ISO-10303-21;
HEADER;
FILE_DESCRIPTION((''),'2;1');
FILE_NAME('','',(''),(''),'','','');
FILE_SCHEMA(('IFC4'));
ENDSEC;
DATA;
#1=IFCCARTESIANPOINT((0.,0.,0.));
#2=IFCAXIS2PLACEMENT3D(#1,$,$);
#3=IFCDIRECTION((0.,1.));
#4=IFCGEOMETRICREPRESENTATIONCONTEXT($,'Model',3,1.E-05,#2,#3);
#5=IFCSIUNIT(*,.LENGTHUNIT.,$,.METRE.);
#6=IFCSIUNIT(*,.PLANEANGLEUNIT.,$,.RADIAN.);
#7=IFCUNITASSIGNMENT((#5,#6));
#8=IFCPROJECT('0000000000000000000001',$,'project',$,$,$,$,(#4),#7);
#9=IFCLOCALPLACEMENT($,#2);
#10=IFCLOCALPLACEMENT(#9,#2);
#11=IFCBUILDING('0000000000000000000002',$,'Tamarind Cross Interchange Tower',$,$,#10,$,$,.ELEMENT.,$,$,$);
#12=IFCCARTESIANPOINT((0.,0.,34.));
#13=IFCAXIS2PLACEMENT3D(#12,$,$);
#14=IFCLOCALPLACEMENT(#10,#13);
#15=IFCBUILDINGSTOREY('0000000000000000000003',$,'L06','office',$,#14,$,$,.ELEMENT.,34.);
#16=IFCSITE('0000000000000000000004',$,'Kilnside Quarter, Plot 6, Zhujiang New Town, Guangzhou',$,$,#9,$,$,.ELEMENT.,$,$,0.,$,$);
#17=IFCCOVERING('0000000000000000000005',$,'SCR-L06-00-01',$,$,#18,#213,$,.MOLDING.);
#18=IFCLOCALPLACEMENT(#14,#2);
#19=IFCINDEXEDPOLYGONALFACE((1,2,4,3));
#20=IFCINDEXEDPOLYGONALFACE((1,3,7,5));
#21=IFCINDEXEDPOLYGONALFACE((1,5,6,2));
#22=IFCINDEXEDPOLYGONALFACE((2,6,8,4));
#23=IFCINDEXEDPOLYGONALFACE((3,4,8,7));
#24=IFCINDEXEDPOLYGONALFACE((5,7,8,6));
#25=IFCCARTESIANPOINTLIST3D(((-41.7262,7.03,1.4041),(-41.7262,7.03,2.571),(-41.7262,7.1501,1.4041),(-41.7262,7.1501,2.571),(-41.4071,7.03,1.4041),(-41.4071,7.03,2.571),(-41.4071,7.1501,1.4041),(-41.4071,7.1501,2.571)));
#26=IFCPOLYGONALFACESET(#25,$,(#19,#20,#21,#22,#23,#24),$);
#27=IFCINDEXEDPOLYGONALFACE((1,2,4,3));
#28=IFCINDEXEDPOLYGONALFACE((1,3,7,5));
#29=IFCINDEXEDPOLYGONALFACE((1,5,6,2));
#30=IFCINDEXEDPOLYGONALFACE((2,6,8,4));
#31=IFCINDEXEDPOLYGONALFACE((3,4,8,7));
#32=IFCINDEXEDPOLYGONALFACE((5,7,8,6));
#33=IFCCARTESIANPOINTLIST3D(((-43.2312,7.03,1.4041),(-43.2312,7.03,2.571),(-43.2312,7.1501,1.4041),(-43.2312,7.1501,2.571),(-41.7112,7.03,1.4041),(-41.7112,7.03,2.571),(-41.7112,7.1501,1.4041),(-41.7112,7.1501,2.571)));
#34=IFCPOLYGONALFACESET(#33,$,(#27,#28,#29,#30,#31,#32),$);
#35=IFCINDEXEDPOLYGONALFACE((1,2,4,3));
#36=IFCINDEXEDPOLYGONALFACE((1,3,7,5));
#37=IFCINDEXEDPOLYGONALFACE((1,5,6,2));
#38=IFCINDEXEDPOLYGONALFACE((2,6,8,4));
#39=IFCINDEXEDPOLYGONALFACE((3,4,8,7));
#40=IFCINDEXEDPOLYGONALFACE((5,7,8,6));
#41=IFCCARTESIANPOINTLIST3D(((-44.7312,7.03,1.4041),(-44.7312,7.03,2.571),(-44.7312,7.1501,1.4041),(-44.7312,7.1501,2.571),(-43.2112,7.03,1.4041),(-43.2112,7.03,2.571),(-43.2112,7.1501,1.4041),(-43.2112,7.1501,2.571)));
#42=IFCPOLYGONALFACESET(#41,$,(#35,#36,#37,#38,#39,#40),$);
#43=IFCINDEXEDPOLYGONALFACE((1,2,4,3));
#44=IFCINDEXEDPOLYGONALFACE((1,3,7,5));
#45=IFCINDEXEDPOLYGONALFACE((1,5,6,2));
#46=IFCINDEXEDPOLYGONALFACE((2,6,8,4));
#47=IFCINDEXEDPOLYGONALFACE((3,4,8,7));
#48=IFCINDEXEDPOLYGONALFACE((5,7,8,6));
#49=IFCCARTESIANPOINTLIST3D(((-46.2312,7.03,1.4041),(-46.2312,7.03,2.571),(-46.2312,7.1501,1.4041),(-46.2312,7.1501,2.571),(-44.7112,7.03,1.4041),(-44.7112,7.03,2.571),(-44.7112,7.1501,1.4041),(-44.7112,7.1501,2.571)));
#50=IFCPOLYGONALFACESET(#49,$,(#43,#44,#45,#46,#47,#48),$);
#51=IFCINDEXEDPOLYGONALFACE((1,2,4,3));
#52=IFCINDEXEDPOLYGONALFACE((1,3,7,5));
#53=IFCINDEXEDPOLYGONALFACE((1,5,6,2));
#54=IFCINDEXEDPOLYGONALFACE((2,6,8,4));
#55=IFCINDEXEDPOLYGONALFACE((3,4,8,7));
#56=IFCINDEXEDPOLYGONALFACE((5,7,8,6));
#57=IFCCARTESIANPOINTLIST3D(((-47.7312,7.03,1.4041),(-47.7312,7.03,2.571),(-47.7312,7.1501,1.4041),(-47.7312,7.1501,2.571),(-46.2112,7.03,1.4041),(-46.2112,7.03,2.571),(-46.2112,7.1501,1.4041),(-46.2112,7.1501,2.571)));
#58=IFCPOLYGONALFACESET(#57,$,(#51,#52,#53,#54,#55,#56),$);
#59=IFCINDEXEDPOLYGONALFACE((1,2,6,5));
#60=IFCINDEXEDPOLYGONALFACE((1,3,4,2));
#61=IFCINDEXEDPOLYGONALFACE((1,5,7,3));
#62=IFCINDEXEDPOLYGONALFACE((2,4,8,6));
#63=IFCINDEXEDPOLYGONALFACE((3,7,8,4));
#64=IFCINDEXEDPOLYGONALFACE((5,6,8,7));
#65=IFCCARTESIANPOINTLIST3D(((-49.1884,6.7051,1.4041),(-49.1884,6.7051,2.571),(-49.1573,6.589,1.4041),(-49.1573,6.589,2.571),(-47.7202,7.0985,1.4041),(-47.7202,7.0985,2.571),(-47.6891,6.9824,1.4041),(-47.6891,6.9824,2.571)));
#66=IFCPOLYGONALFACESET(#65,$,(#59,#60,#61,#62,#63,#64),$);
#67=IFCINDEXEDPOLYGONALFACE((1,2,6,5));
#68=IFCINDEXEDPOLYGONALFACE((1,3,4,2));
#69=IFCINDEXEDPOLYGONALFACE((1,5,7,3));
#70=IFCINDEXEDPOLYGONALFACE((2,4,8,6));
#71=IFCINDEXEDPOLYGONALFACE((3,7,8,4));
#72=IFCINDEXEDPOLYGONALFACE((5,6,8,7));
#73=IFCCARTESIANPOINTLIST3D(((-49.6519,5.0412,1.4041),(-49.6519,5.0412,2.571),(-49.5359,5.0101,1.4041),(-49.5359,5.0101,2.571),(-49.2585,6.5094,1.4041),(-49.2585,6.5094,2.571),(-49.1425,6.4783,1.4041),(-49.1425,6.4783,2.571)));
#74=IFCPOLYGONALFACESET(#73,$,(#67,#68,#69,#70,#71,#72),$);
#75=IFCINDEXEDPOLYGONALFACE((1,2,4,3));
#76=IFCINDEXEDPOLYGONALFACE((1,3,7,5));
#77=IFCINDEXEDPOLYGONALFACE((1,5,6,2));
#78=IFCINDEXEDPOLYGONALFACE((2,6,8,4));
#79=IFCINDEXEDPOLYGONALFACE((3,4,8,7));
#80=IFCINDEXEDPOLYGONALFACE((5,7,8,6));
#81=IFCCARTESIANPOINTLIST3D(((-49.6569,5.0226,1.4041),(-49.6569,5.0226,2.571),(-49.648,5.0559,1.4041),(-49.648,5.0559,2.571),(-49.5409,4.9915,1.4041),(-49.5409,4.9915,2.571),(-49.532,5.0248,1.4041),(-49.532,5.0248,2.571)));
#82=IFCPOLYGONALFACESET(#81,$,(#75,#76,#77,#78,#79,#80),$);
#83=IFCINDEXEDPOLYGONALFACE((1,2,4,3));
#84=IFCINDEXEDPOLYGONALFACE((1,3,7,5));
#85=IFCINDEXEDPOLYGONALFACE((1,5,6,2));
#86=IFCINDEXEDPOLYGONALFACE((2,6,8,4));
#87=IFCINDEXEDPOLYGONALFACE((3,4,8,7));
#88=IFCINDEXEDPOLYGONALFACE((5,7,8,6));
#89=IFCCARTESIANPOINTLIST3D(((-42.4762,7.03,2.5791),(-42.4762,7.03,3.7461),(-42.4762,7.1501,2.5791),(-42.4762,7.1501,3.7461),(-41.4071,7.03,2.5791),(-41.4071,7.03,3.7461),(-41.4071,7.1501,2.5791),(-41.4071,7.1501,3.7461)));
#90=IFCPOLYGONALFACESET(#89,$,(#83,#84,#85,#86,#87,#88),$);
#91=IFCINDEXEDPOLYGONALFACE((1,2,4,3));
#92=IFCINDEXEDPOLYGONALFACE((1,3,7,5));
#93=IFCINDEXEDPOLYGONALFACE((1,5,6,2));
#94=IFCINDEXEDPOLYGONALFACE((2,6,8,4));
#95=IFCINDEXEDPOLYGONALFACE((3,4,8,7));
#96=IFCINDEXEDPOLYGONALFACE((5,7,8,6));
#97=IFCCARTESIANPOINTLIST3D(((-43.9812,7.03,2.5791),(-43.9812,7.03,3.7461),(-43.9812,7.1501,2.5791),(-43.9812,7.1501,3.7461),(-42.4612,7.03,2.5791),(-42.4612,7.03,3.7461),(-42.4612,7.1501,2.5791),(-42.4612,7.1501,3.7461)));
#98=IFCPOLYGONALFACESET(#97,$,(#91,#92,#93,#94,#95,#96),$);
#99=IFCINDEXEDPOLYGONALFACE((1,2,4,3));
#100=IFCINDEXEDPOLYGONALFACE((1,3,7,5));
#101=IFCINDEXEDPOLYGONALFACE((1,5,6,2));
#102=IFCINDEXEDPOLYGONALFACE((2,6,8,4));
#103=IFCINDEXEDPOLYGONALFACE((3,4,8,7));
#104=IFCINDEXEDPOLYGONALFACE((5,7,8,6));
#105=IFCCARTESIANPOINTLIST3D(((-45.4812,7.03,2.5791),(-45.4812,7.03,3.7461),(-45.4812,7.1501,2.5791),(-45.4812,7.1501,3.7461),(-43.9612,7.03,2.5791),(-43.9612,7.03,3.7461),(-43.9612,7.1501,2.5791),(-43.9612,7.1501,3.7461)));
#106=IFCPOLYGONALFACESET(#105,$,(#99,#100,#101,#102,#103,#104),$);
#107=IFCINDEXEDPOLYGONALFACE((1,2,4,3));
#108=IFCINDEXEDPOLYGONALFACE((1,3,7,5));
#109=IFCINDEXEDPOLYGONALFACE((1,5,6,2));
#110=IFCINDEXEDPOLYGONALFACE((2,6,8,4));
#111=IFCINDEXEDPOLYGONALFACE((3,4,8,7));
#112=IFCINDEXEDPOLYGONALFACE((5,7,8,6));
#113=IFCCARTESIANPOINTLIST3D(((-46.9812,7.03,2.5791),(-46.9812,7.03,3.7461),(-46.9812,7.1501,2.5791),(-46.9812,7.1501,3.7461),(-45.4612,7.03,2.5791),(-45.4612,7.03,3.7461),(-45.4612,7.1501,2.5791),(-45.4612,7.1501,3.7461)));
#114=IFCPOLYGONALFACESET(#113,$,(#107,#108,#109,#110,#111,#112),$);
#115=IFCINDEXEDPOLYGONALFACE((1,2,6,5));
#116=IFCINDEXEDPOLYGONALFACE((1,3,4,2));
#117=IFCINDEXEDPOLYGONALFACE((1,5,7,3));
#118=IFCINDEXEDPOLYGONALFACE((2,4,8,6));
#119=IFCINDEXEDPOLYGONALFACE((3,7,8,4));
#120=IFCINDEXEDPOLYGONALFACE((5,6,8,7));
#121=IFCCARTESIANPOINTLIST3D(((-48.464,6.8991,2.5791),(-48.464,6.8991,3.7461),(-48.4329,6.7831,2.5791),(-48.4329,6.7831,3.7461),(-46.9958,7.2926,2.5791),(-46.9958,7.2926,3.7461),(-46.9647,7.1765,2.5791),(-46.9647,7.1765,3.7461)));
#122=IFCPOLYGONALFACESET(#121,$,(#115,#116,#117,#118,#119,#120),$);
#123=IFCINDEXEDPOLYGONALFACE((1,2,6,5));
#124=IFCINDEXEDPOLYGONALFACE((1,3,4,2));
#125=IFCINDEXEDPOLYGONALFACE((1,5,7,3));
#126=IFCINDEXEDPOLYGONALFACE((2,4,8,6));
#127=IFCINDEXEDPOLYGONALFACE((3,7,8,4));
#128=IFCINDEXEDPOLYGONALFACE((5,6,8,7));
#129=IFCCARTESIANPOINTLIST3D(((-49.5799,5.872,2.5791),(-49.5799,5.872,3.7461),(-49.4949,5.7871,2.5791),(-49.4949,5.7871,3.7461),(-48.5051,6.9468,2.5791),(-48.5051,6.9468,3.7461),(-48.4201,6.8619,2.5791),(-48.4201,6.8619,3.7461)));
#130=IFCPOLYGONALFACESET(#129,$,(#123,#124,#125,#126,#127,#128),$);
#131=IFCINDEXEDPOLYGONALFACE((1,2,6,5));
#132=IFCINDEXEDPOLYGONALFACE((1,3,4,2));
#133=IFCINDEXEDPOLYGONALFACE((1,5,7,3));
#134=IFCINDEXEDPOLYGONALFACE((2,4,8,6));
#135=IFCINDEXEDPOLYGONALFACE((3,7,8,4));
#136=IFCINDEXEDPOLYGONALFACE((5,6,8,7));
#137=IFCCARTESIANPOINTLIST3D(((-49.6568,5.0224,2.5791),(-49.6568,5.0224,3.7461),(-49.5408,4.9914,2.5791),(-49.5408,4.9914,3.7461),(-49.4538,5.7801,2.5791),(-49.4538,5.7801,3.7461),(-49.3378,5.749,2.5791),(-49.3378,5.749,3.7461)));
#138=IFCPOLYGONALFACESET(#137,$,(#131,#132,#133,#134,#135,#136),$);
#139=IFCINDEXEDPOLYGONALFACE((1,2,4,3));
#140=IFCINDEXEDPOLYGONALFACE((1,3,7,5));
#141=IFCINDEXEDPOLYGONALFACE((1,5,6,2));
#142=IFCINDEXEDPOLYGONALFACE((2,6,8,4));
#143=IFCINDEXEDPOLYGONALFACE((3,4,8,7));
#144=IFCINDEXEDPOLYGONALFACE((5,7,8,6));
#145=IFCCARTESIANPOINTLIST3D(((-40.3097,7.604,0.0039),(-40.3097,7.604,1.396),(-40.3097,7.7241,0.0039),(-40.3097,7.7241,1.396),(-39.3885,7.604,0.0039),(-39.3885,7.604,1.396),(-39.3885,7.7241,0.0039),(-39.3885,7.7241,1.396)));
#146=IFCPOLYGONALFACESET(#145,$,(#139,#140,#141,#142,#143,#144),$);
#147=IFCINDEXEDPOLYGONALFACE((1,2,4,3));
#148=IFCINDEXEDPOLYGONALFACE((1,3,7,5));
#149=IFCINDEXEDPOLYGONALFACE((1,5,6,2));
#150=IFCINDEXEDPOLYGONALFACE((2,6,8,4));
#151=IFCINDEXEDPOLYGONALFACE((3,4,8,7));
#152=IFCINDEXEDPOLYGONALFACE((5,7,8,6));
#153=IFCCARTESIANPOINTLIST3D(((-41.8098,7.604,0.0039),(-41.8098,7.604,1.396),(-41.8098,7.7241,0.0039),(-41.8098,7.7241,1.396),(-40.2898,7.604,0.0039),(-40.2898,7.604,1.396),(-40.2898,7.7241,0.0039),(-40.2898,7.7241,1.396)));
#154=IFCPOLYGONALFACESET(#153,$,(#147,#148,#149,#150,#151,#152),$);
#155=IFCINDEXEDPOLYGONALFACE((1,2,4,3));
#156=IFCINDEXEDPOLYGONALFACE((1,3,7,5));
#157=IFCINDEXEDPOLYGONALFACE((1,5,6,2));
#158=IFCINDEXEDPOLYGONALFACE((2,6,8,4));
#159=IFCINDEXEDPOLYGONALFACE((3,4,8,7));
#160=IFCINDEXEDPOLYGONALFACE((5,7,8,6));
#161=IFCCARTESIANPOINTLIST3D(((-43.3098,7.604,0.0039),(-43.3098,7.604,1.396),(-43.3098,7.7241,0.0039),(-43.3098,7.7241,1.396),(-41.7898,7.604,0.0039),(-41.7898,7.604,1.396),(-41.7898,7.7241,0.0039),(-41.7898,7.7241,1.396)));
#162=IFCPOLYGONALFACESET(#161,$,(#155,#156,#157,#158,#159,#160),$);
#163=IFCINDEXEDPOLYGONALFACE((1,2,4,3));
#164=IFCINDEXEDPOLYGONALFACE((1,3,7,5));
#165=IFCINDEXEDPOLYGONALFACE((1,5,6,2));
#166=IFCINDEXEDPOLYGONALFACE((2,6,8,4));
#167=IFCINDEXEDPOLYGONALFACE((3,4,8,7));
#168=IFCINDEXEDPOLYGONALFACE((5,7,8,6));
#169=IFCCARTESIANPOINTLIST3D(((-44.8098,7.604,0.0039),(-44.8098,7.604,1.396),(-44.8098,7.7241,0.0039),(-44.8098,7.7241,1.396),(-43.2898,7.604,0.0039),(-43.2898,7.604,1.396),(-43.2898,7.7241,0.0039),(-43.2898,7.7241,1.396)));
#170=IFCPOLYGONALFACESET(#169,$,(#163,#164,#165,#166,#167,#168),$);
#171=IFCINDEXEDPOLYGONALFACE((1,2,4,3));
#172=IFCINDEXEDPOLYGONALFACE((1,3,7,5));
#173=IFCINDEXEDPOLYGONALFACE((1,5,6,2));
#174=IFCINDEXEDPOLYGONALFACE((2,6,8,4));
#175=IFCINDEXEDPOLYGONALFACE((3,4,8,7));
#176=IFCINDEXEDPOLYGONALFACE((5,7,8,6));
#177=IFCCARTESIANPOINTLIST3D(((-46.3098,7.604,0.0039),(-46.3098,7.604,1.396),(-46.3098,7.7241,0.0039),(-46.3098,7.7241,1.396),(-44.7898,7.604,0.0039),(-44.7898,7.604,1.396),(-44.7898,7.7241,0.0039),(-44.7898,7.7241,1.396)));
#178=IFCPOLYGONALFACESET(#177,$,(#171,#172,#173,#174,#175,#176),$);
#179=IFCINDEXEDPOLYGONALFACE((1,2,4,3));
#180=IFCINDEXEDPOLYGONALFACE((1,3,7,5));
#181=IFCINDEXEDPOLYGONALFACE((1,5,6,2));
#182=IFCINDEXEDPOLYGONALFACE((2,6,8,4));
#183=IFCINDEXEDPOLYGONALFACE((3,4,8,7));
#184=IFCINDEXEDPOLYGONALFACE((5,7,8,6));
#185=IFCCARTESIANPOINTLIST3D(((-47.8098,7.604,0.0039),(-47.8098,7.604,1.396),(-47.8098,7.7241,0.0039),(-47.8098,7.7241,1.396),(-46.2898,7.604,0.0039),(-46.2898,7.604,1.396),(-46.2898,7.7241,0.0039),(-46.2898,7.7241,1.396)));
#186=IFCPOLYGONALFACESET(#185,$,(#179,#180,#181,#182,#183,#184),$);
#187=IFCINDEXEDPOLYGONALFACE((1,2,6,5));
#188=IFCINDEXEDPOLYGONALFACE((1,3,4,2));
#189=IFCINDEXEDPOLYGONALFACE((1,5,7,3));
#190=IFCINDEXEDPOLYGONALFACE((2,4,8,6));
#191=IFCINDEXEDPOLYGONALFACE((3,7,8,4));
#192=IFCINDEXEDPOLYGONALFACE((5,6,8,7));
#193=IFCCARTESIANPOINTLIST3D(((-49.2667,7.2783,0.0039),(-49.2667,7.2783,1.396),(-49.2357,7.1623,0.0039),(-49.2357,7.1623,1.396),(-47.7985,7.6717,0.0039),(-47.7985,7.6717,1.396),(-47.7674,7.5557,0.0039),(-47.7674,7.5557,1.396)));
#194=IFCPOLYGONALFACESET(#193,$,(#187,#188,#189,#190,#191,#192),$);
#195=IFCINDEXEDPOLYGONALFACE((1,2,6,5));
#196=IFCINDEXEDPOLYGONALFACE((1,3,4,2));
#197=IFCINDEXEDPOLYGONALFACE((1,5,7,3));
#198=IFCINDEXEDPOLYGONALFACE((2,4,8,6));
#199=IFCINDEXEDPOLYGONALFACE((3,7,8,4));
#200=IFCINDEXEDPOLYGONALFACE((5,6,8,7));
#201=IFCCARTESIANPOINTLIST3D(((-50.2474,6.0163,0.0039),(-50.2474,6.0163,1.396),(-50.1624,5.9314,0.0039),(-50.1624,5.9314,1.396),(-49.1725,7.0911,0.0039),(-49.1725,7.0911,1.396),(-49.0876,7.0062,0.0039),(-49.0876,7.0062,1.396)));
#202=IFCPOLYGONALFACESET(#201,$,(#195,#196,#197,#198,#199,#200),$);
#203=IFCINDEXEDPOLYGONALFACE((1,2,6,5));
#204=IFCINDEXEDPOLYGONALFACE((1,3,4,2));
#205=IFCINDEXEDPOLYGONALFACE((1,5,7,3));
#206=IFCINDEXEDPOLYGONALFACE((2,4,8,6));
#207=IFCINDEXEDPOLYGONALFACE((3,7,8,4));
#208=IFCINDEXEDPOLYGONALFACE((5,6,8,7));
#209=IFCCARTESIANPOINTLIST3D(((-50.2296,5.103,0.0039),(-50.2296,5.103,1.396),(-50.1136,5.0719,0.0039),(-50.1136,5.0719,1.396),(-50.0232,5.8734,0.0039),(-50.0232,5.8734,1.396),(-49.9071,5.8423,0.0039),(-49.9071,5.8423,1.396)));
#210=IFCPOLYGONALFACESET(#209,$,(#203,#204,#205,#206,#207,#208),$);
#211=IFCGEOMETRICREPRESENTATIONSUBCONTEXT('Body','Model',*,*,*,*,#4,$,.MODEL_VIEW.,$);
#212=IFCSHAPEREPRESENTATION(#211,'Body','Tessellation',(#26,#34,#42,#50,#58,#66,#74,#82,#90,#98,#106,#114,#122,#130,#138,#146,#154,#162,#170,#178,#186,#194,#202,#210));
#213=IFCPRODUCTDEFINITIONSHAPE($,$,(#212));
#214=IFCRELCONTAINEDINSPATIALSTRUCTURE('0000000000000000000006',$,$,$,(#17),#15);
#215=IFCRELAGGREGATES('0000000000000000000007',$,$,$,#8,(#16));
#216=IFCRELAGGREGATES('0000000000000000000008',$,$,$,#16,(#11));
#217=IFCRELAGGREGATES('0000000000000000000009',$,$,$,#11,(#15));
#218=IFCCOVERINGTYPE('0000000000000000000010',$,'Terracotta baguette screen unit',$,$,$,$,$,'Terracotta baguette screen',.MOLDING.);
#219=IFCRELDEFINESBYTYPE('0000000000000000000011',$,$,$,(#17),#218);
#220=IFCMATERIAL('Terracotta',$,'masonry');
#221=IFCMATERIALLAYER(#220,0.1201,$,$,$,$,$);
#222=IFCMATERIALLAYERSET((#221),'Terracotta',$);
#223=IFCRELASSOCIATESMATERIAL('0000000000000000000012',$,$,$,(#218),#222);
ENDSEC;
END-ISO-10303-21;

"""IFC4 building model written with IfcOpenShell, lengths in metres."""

from ifc_helpers import new_model, si_unit, direction, frame, origin, origin_2d, place, context, subcontext, project, spatial, rectangle, extrude, material, layer, layer_set, type_object, element, save


model = new_model("IFC4")

# Units and contexts
model_context = context("Model", 3, precision=1e-05, world=origin(), true_north=direction((0.0, 1.0)))
body_context = subcontext(model_context, "Body", "Model", "MODEL_VIEW")
ifc_project = project(units=[si_unit("LENGTHUNIT", "METRE"), si_unit("PLANEANGLEUNIT", "RADIAN")], contexts=[model_context])

# Site, building, storey
site_placement = place(None, origin())
site = spatial("IfcSite", under=ifc_project, at=site_placement, Name="Kilnside Quarter, Plot 6, Zhujiang New Town, Guangzhou", CompositionType="ELEMENT", RefElevation=0.0)
building_placement = place(site_placement, origin())
building = spatial("IfcBuilding", under=site, at=building_placement, Name="Tamarind Cross Interchange Tower", CompositionType="ELEMENT")
storey_placement = place(building_placement, frame((0.0, 0.0, 34.0)))
storey = spatial("IfcBuildingStorey", under=building, at=storey_placement, Name="L06", Description="office", CompositionType="ELEMENT", Elevation=34.0)

# Covering
ifc_material_1 = material(Name="Terracotta", Category="masonry")
ifc_layer_1 = layer(ifc_material_1, 0.1201)
ifc_layer_set_1 = layer_set([ifc_layer_1], Name="Terracotta")
covering_type = type_object("IfcCoveringType", Name="Terracotta baguette screen unit", ElementType="Terracotta baguette screen", PredefinedType="MOLDING", material=ifc_layer_set_1)
covering_1_placement = place(storey_placement, origin())
element("IfcCovering", 1, at=covering_1_placement, inside=storey, type_object=covering_type, Name="SCR-L06-00-01", PredefinedType="MOLDING", context=body_context, shape_type="SweptSolid", body=[
    extrude(rectangle(XDim=0.3191, YDim=0.1201, at=origin_2d()), frame((-41.5667, 7.0901, 1.4041), z_axis=(0.0, 0.0, 1.0), x_axis=(-1.0, 0.0, 0.0)), (0.0, 0.0, 1.0), 1.167),
    extrude(rectangle(XDim=1.52, YDim=0.1201, at=origin_2d()), frame((-42.4712, 7.0901, 1.4041), z_axis=(0.0, 0.0, 1.0), x_axis=(-1.0, 0.0, 0.0)), (0.0, 0.0, 1.0), 1.167),
    extrude(rectangle(XDim=1.52, YDim=0.1201, at=origin_2d()), frame((-43.9712, 7.0901, 1.4041), z_axis=(0.0, 0.0, 1.0), x_axis=(-1.0, 0.0, 0.0)), (0.0, 0.0, 1.0), 1.167),
    extrude(rectangle(XDim=1.52, YDim=0.1201, at=origin_2d()), frame((-45.4712, 7.0901, 1.4041), z_axis=(0.0, 0.0, 1.0), x_axis=(-1.0, 0.0, 0.0)), (0.0, 0.0, 1.0), 1.167),
    extrude(rectangle(XDim=1.52, YDim=0.1201, at=origin_2d()), frame((-46.9712, 7.0901, 1.4041), z_axis=(0.0, 0.0, 1.0), x_axis=(-1.0, 0.0, 0.0)), (0.0, 0.0, 1.0), 1.167),
    extrude(rectangle(XDim=1.52, YDim=0.1201, at=origin_2d()), frame((-48.4387, 6.8438, 1.4041), z_axis=(0.0, 0.0, 1.0), x_axis=(-0.965926, -0.258819, 0.0)), (0.0, 0.0, 1.0), 1.167),
    extrude(rectangle(XDim=1.52, YDim=0.1201, at=origin_2d()), frame((-49.3972, 5.7598, 1.4041), z_axis=(0.0, 0.0, 1.0), x_axis=(-0.258819, -0.965926, 0.0)), (0.0, 0.0, 1.0), 1.167),
    extrude(rectangle(XDim=0.0344, YDim=0.1201, at=origin_2d()), frame((-49.5945, 5.0237, 1.4041), z_axis=(0.0, 0.0, 1.0), x_axis=(-0.258819, -0.965926, 0.0)), (0.0, 0.0, 1.0), 1.167),
    extrude(rectangle(XDim=1.0691, YDim=0.1201, at=origin_2d()), frame((-41.9417, 7.0901, 2.5791), z_axis=(0.0, 0.0, 1.0), x_axis=(-1.0, 0.0, 0.0)), (0.0, 0.0, 1.0), 1.167),
    extrude(rectangle(XDim=1.52, YDim=0.1201, at=origin_2d()), frame((-43.2212, 7.0901, 2.5791), z_axis=(0.0, 0.0, 1.0), x_axis=(-1.0, 0.0, 0.0)), (0.0, 0.0, 1.0), 1.167),
    extrude(rectangle(XDim=1.52, YDim=0.1201, at=origin_2d()), frame((-44.7212, 7.0901, 2.5791), z_axis=(0.0, 0.0, 1.0), x_axis=(-1.0, 0.0, 0.0)), (0.0, 0.0, 1.0), 1.167),
    extrude(rectangle(XDim=1.52, YDim=0.1201, at=origin_2d()), frame((-46.2212, 7.0901, 2.5791), z_axis=(0.0, 0.0, 1.0), x_axis=(-1.0, 0.0, 0.0)), (0.0, 0.0, 1.0), 1.167),
    extrude(rectangle(XDim=1.52, YDim=0.1201, at=origin_2d()), frame((-47.7144, 7.0378, 2.5791), z_axis=(0.0, 0.0, 1.0), x_axis=(-0.965926, -0.258819, 0.0)), (0.0, 0.0, 1.0), 1.167),
    extrude(rectangle(XDim=1.52, YDim=0.1201, at=origin_2d()), frame((-49.0, 6.3669, 2.5791), z_axis=(0.0, 0.0, 1.0), x_axis=(-0.707107, -0.707107, 0.0)), (0.0, 0.0, 1.0), 1.167),
    extrude(rectangle(XDim=0.7844, YDim=0.1201, at=origin_2d()), frame((-49.4973, 5.3857, 2.5791), z_axis=(0.0, 0.0, 1.0), x_axis=(-0.258819, -0.965926, 0.0)), (0.0, 0.0, 1.0), 1.167),
    extrude(rectangle(XDim=0.9211, YDim=0.1201, at=origin_2d()), frame((-39.8491, 7.6641, 0.0039), z_axis=(0.0, 0.0, 1.0), x_axis=(-1.0, 0.0, 0.0)), (0.0, 0.0, 1.0), 1.3921),
    extrude(rectangle(XDim=1.52, YDim=0.1201, at=origin_2d()), frame((-41.0498, 7.6641, 0.0039), z_axis=(0.0, 0.0, 1.0), x_axis=(-1.0, 0.0, 0.0)), (0.0, 0.0, 1.0), 1.3921),
    extrude(rectangle(XDim=1.52, YDim=0.1201, at=origin_2d()), frame((-42.5498, 7.6641, 0.0039), z_axis=(0.0, 0.0, 1.0), x_axis=(-1.0, 0.0, 0.0)), (0.0, 0.0, 1.0), 1.3921),
    extrude(rectangle(XDim=1.52, YDim=0.1201, at=origin_2d()), frame((-44.0498, 7.6641, 0.0039), z_axis=(0.0, 0.0, 1.0), x_axis=(-1.0, 0.0, 0.0)), (0.0, 0.0, 1.0), 1.3921),
    extrude(rectangle(XDim=1.52, YDim=0.1201, at=origin_2d()), frame((-45.5498, 7.6641, 0.0039), z_axis=(0.0, 0.0, 1.0), x_axis=(-1.0, 0.0, 0.0)), (0.0, 0.0, 1.0), 1.3921),
    extrude(rectangle(XDim=1.52, YDim=0.1201, at=origin_2d()), frame((-47.0498, 7.6641, 0.0039), z_axis=(0.0, 0.0, 1.0), x_axis=(-1.0, 0.0, 0.0)), (0.0, 0.0, 1.0), 1.3921),
    extrude(rectangle(XDim=1.52, YDim=0.1201, at=origin_2d()), frame((-48.5171, 7.417, 0.0039), z_axis=(0.0, 0.0, 1.0), x_axis=(-0.965926, -0.258819, 0.0)), (0.0, 0.0, 1.0), 1.3921),
    extrude(rectangle(XDim=1.52, YDim=0.1201, at=origin_2d()), frame((-49.6675, 6.5112, 0.0039), z_axis=(0.0, 0.0, 1.0), x_axis=(-0.707107, -0.707107, 0.0)), (0.0, 0.0, 1.0), 1.3921),
    extrude(rectangle(XDim=0.7976, YDim=0.1201, at=origin_2d()), frame((-50.0684, 5.4727, 0.0039), z_axis=(0.0, 0.0, 1.0), x_axis=(-0.258819, -0.965926, 0.0)), (0.0, 0.0, 1.0), 1.3921),
])

save(model, "model.ifc")
